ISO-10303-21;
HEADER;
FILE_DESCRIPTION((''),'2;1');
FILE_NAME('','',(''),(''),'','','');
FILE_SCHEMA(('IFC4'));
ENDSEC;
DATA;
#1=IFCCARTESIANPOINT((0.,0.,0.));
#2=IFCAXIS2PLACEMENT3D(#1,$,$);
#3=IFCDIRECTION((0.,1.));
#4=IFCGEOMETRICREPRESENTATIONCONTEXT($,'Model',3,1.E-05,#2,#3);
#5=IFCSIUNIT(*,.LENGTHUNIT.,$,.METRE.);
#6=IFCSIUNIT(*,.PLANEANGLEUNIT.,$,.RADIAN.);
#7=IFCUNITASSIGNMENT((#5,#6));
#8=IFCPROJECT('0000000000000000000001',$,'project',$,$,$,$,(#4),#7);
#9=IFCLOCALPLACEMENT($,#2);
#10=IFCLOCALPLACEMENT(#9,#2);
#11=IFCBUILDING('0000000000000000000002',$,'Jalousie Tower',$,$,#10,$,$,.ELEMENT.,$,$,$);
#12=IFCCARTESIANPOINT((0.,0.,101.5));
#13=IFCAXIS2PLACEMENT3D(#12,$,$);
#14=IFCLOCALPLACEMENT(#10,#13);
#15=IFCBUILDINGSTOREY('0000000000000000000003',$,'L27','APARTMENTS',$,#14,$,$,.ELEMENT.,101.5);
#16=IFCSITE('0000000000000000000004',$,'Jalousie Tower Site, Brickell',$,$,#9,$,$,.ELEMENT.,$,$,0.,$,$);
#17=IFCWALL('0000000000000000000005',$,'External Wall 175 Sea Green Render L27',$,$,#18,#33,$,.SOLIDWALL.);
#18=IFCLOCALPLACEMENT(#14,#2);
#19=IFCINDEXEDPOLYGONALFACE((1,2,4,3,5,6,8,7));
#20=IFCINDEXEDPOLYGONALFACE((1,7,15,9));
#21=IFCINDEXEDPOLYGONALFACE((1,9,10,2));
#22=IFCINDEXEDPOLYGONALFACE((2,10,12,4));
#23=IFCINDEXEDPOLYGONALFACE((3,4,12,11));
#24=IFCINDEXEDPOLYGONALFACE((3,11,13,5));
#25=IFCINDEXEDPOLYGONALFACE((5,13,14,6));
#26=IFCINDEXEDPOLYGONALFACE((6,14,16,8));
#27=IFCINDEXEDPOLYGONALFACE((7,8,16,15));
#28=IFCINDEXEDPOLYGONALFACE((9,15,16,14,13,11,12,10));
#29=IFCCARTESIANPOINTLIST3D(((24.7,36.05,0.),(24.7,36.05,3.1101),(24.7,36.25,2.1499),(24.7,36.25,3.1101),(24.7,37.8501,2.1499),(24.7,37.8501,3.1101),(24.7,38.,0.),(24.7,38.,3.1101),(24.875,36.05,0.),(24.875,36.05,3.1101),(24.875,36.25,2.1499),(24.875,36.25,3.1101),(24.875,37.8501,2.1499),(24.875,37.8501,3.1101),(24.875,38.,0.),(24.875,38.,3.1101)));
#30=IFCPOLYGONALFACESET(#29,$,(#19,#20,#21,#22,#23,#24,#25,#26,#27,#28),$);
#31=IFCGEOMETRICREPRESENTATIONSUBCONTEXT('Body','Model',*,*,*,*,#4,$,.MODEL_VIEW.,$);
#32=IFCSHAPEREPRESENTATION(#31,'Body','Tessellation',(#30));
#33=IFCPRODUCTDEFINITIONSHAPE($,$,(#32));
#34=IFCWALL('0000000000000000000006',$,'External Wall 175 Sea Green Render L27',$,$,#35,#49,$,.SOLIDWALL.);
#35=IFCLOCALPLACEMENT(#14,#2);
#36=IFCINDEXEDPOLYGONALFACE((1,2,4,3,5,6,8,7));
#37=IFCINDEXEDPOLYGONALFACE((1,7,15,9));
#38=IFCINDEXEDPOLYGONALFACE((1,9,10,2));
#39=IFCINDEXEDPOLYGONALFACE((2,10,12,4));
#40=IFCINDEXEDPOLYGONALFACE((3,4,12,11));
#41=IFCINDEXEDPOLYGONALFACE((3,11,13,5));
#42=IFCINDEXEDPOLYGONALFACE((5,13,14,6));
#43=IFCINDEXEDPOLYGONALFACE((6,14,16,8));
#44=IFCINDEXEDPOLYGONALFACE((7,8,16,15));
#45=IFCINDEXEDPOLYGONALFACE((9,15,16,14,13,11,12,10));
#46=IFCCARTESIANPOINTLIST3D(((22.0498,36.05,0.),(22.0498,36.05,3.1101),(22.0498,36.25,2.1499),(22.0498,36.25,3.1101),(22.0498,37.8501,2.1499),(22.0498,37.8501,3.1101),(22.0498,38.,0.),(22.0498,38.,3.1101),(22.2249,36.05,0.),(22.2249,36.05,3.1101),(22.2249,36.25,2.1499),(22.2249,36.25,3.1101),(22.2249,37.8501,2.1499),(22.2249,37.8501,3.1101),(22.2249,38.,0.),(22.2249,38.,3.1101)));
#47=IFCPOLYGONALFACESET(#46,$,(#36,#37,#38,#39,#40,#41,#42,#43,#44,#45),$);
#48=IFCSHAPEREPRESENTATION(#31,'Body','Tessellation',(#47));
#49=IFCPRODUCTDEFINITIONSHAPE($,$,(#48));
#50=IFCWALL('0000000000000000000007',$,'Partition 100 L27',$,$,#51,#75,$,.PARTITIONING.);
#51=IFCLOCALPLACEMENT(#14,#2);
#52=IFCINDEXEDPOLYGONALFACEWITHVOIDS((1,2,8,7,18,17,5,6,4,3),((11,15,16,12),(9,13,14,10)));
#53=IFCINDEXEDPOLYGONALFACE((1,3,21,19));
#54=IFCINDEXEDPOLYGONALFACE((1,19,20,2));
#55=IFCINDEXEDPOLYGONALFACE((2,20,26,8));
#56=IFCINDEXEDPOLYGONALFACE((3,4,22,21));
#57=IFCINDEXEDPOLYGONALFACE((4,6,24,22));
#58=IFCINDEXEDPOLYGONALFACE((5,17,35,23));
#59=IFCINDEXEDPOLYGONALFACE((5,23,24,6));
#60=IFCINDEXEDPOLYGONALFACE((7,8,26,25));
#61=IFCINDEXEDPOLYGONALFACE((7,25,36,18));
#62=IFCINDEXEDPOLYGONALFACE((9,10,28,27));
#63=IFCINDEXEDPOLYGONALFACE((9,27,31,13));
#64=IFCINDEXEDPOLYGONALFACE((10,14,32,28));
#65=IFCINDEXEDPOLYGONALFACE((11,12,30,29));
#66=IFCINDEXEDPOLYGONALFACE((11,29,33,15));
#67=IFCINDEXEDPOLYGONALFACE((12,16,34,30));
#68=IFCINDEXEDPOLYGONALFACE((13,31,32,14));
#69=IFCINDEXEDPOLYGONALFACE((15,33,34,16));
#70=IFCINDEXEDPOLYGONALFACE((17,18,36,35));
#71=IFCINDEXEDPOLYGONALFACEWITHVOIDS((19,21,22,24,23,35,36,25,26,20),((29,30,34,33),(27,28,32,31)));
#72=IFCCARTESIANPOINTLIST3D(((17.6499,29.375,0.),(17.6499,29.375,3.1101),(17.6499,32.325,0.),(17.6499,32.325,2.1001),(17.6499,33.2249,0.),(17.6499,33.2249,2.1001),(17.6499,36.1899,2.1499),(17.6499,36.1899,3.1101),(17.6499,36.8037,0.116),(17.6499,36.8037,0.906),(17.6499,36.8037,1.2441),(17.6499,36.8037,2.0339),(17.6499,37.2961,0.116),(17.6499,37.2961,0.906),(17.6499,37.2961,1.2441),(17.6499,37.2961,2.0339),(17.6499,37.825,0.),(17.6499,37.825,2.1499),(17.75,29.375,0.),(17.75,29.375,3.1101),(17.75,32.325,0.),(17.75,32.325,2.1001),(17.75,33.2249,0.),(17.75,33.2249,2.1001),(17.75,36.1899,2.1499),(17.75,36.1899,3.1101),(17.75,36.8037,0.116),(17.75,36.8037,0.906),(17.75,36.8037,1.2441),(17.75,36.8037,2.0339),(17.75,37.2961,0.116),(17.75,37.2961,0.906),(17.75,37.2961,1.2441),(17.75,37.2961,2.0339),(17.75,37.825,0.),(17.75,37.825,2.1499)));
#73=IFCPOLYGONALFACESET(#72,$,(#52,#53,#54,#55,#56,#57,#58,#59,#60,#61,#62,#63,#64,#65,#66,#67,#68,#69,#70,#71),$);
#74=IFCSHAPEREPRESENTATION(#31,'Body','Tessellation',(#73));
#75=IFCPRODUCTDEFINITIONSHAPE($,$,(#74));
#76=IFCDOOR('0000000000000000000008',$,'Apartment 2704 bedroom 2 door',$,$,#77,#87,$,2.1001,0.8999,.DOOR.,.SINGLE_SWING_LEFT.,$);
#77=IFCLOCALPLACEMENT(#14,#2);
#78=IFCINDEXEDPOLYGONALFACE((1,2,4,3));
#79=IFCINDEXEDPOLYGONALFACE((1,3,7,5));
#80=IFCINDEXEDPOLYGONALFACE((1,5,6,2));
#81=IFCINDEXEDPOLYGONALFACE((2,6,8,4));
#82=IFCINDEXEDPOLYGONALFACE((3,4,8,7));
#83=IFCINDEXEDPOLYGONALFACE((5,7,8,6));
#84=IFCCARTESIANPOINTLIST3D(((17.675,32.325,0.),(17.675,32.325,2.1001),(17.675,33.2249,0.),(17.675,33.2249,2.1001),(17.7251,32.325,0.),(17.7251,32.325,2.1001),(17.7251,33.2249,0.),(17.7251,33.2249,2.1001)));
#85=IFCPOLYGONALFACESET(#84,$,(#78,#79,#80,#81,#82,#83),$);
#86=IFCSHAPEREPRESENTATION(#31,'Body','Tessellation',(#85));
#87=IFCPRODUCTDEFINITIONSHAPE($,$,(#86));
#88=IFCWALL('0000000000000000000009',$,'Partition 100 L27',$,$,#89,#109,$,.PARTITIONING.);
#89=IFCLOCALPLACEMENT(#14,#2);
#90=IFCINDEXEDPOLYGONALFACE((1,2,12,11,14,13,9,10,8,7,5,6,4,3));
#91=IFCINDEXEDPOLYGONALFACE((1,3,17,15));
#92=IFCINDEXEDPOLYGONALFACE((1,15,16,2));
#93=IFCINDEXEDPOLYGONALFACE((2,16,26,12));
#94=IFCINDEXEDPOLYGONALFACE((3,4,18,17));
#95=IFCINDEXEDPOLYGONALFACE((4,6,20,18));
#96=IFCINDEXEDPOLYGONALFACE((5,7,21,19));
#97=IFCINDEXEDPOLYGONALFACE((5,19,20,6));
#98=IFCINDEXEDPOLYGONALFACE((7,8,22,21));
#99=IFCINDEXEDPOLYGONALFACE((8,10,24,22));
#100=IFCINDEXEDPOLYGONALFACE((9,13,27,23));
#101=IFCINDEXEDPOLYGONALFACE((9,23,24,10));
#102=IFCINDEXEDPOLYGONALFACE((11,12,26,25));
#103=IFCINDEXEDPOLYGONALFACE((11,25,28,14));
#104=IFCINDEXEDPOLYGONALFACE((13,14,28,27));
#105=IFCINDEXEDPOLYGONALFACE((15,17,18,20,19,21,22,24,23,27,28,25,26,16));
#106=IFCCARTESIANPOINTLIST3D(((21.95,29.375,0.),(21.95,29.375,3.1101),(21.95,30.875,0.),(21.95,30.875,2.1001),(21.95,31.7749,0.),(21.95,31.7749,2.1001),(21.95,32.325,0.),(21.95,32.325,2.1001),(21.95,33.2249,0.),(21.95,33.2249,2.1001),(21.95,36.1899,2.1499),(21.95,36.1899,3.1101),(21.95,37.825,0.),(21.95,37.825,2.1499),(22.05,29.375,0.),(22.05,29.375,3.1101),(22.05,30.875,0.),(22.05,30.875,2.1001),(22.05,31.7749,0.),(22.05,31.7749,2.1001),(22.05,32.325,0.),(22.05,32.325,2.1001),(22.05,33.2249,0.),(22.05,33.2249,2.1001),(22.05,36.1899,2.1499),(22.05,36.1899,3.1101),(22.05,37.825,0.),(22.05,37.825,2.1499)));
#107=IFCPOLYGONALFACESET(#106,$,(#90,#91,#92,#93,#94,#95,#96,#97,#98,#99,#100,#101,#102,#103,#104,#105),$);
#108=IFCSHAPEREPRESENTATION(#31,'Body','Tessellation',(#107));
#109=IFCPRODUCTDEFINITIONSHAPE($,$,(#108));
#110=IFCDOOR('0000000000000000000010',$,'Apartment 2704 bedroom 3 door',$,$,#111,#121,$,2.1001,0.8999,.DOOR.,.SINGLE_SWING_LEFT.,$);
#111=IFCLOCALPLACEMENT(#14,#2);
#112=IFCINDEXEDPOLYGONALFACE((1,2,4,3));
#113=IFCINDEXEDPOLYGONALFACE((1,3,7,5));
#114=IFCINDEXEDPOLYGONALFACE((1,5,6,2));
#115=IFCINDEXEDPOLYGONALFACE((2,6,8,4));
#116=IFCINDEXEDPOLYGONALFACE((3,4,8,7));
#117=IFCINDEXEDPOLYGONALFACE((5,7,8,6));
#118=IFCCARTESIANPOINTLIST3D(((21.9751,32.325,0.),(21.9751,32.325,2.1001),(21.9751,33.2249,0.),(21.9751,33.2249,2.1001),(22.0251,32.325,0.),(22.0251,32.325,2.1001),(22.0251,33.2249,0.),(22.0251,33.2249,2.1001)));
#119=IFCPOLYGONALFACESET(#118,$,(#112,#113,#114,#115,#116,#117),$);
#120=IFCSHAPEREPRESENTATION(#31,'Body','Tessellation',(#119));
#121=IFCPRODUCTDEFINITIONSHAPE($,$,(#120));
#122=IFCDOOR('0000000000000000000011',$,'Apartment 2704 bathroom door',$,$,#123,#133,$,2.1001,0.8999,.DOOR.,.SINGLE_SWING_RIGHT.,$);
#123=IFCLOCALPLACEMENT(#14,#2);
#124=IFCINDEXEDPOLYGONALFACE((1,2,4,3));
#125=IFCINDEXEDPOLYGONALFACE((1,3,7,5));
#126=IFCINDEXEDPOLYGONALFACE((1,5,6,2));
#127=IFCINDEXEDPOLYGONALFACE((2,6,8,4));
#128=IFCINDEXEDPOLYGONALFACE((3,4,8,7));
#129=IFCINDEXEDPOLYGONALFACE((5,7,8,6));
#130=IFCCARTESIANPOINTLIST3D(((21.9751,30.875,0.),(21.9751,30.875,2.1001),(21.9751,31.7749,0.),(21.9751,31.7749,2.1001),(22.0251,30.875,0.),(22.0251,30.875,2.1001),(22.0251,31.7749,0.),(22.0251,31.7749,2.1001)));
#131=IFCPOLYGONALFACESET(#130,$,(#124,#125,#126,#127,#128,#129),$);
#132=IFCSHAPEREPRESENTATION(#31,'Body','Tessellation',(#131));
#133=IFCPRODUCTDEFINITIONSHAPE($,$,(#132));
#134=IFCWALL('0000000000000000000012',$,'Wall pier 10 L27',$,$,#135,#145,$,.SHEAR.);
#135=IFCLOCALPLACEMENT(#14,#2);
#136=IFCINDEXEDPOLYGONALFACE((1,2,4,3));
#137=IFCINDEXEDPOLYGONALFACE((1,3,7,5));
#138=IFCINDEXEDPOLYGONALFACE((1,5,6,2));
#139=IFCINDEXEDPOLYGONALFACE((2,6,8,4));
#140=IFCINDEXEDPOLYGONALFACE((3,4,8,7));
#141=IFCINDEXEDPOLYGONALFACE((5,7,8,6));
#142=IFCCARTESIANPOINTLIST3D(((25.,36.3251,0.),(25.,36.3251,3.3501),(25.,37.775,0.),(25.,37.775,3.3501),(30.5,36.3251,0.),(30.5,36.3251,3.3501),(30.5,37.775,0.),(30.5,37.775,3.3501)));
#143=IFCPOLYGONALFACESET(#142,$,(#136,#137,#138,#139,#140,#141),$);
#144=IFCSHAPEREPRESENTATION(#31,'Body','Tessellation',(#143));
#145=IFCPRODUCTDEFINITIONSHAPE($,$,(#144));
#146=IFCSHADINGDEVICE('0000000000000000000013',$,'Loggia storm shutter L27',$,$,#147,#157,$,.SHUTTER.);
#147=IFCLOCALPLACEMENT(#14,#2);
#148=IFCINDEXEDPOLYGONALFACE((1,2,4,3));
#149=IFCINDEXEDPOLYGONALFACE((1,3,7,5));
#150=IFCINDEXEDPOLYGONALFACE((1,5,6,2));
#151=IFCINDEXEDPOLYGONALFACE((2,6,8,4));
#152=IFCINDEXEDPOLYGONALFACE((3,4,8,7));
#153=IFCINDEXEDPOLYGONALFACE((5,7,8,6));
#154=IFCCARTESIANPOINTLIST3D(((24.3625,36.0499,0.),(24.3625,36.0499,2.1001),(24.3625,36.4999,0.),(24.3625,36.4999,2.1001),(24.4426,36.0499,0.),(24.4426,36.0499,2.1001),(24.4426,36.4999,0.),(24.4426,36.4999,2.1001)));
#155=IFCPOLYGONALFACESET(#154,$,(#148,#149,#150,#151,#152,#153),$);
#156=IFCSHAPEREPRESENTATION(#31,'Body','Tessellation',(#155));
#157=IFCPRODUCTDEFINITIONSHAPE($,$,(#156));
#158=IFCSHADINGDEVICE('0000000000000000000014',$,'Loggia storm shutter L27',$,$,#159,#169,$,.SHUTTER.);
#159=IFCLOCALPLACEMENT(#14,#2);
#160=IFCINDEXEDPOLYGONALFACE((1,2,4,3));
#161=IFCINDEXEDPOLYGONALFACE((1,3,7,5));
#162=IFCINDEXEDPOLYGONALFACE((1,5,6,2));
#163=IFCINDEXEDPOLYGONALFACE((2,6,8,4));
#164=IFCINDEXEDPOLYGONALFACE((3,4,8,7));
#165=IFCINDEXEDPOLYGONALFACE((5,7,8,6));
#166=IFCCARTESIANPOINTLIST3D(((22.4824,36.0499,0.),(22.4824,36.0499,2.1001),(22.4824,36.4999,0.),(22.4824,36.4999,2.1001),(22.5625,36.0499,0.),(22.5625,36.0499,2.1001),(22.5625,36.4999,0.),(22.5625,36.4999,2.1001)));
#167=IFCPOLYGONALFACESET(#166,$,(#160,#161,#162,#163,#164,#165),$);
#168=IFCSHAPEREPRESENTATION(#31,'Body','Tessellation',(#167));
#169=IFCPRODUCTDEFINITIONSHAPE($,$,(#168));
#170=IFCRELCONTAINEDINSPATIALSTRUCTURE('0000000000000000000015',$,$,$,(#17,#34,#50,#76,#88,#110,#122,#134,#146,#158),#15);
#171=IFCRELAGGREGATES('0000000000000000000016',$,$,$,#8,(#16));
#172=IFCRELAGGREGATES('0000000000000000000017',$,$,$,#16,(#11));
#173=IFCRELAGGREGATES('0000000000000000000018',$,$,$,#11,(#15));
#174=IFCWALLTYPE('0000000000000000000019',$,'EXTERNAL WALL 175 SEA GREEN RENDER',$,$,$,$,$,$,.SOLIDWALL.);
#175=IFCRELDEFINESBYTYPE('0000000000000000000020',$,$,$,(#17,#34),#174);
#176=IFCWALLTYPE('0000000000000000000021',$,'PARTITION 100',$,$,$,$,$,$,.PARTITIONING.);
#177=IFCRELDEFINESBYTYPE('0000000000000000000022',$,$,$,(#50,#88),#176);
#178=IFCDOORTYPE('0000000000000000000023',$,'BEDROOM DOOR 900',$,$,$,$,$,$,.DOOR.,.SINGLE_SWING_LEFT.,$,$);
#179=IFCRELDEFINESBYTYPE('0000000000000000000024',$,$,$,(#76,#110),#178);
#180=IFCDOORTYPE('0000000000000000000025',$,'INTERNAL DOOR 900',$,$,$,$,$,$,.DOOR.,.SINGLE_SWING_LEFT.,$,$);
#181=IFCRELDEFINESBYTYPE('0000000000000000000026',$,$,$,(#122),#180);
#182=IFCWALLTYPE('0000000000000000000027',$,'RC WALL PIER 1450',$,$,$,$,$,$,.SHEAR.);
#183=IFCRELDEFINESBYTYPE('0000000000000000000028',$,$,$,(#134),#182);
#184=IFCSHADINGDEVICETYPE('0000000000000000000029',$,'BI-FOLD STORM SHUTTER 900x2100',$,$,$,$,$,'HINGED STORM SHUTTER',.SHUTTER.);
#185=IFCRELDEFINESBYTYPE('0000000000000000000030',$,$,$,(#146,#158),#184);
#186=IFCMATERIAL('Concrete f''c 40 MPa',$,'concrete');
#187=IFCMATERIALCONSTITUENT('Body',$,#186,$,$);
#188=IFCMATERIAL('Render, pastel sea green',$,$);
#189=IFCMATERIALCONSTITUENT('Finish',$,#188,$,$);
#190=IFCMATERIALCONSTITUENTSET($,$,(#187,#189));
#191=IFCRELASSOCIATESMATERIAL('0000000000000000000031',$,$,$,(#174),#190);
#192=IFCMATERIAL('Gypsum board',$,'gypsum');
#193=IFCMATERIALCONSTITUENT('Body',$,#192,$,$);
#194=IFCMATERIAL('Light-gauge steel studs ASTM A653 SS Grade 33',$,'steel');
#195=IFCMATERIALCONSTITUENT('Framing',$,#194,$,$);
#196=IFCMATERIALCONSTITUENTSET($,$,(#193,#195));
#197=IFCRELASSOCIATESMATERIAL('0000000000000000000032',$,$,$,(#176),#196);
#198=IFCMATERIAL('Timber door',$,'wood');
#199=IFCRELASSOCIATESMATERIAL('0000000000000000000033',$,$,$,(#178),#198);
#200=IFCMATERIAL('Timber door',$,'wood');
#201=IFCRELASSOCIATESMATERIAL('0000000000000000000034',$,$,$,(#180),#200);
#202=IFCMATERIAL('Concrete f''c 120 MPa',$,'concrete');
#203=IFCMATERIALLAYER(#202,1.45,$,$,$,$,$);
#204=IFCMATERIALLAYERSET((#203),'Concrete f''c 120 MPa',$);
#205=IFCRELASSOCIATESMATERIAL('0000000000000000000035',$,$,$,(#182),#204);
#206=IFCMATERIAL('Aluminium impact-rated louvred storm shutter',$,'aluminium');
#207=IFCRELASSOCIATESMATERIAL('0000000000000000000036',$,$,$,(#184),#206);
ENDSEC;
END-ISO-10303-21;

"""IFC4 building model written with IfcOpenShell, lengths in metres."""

from ifc_helpers import new_model, si_unit, direction, frame, frame_2d, origin, origin_2d, place, context, subcontext, project, spatial, polyline, rectangle, outline, extrude, material, layer, layer_set, constituent, constituent_set, type_object, element, fill, save


model = new_model("IFC4")

# Units and contexts
model_context = context("Model", 3, precision=1e-05, world=origin(), true_north=direction((0.0, 1.0)))
body_context = subcontext(model_context, "Body", "Model", "MODEL_VIEW")
ifc_project = project(units=[si_unit("LENGTHUNIT", "METRE"), si_unit("PLANEANGLEUNIT", "RADIAN")], contexts=[model_context])

# Site, building, storey
site_placement = place(None, origin())
site = spatial("IfcSite", under=ifc_project, at=site_placement, Name="Jalousie Tower Site, Brickell", CompositionType="ELEMENT", RefElevation=0.0)
building_placement = place(site_placement, origin())
building = spatial("IfcBuilding", under=site, at=building_placement, Name="Jalousie Tower", CompositionType="ELEMENT")
storey_placement = place(building_placement, frame((0.0, 0.0, 101.5)))
storey = spatial("IfcBuildingStorey", under=building, at=storey_placement, Name="L27", Description="APARTMENTS", CompositionType="ELEMENT", Elevation=101.5)

# Shared definitions
ifc_material_1 = material(Name="Concrete f'c 40 MPa", Category="concrete")
ifc_constituent_1 = constituent(ifc_material_1, Name="Body")
ifc_material_2 = material(Name="Render, pastel sea green")
ifc_constituent_2 = constituent(ifc_material_2, Name="Finish")
ifc_constituent_set_1 = constituent_set(constituents=[ifc_constituent_1, ifc_constituent_2])
wall_type_1 = type_object("IfcWallType", Name="EXTERNAL WALL 175 SEA GREEN RENDER", PredefinedType="SOLIDWALL", material=ifc_constituent_set_1)

# Walls
for number, where, z_axis, x_axis, name in (
    (1, (24.7876, 38.0, 0.0), (0.0, 0.0, 1.0), (0.0, -1.0, 0.0), "External Wall 175 Sea Green Render L27"),
    (2, (22.1375, 38.0, 0.0), (0.0, 0.0, 1.0), (0.0, -1.0, 0.0), "External Wall 175 Sea Green Render L27"),
):
    element("IfcWall", number, at=place(storey_placement, frame(where, z_axis=z_axis, x_axis=x_axis)), inside=storey, type_object=wall_type_1, Name=name, PredefinedType="SOLIDWALL", context=body_context, shape_type="SweptSolid", body=[
        extrude(outline(polyline([(0.0, 0.0), (1.95, 0.0), (1.95, 3.1101), (1.75, 3.1101), (1.75, 2.1499), (0.1499, 2.1499), (0.1499, 3.1101), (0.0, 3.1101), (0.0, 0.0)])), frame((0.0, 0.0874, 0.0), z_axis=(0.0, -1.0, 0.0), x_axis=(1.0, 0.0, 0.0)), (0.0, 0.0, 1.0), 0.175),
    ])

# Wall, opening, door
ifc_material_3 = material(Name="Gypsum board", Category="gypsum")
ifc_constituent_3 = constituent(ifc_material_3, Name="Body")
ifc_material_4 = material(Name="Light-gauge steel studs ASTM A653 SS Grade 33", Category="steel")
ifc_constituent_4 = constituent(ifc_material_4, Name="Framing")
ifc_constituent_set_2 = constituent_set(constituents=[ifc_constituent_3, ifc_constituent_4])
wall_type_2 = type_object("IfcWallType", Name="PARTITION 100", PredefinedType="PARTITIONING", material=ifc_constituent_set_2)
wall_1_placement = place(storey_placement, frame((17.7, 37.825, 0.0), z_axis=(0.0, 0.0, 1.0), x_axis=(0.0, -1.0, 0.0)))
wall_1 = element("IfcWall", 3, at=wall_1_placement, inside=storey, type_object=wall_type_2, Name="Partition 100 L27", PredefinedType="PARTITIONING", context=body_context, shape_type="SweptSolid", body=[
    extrude(outline(polyline([(1.635, 2.1499), (0.0, 2.1499), (0.0, 0.0), (8.45, 0.0), (8.45, 3.1101), (1.635, 3.1101), (1.635, 2.1499)]), holes=[polyline([(1.0212, 0.116), (0.5288, 0.116), (0.5288, 0.906), (1.0212, 0.906), (1.0212, 0.116)]), polyline([(1.0212, 1.2441), (0.5288, 1.2441), (0.5288, 2.0339), (1.0212, 2.0339), (1.0212, 1.2441)])]), frame((0.0, 0.05, 0.0), z_axis=(0.0, -1.0, 0.0), x_axis=(1.0, 0.0, 0.0)), (0.0, 0.0, 1.0), 0.1001),
])
opening_1_placement = place(wall_1_placement, frame((4.6001, 0.0, 0.0)))
opening_1 = element("IfcOpeningElement", 4, at=opening_1_placement, cuts=wall_1, PredefinedType="OPENING", context=body_context, shape_type="SweptSolid", body=[
    extrude(rectangle(XDim=0.8999, YDim=2.1001, at=frame_2d((0.45, 1.05))), frame((0.0, 0.0601, 0.0), z_axis=(0.0, -1.0, 0.0), x_axis=(1.0, 0.0, 0.0)), (0.0, 0.0, 1.0), 0.1201),
])
ifc_material_5 = material(Name="Timber door", Category="wood")
door_type_1 = type_object("IfcDoorType", Name="BEDROOM DOOR 900", OperationType="SINGLE_SWING_LEFT", PredefinedType="DOOR", material=ifc_material_5)
door_1_placement = place(opening_1_placement, frame((0.8999, 0.0, 0.0), z_axis=(0.0, 0.0, 1.0), x_axis=(-1.0, 0.0, 0.0)))
door_1 = element("IfcDoor", 5, at=door_1_placement, inside=storey, type_object=door_type_1, Name="Apartment 2704 bedroom 2 door", OperationType="SINGLE_SWING_LEFT", OverallHeight=2.1001, OverallWidth=0.8999, PredefinedType="DOOR", context=body_context, shape_type="SweptSolid", body=[
    extrude(rectangle(XDim=0.8999, YDim=2.1001, at=frame_2d((0.45, 1.05))), frame((0.0, 0.0249, 0.0), z_axis=(0.0, -1.0, 0.0), x_axis=(1.0, 0.0, 0.0)), (0.0, 0.0, 1.0), 0.05),
])
fill(opening_1, door_1)

# Wall, openings, doors
wall_2_placement = place(storey_placement, frame((22.0, 37.825, 0.0), z_axis=(0.0, 0.0, 1.0), x_axis=(0.0, -1.0, 0.0)))
wall_2 = element("IfcWall", 6, at=wall_2_placement, inside=storey, type_object=wall_type_2, Name="Partition 100 L27", PredefinedType="PARTITIONING", context=body_context, shape_type="SweptSolid", body=[
    extrude(outline(polyline([(0.0, 0.0), (8.45, 0.0), (8.45, 3.1101), (1.635, 3.1101), (1.635, 2.1499), (0.0, 2.1499), (0.0, 3.1101), (0.0, 0.0)])), frame((0.0, 0.05, 0.0), z_axis=(0.0, -1.0, 0.0), x_axis=(1.0, 0.0, 0.0)), (0.0, 0.0, 1.0), 0.1001),
])
opening_2_placement = place(wall_2_placement, frame((4.6001, 0.0, 0.0)))
opening_2 = element("IfcOpeningElement", 7, at=opening_2_placement, cuts=wall_2, PredefinedType="OPENING", context=body_context, shape_type="SweptSolid", body=[
    extrude(rectangle(XDim=0.8999, YDim=2.1001, at=frame_2d((0.45, 1.05))), frame((0.0, 0.0601, 0.0), z_axis=(0.0, -1.0, 0.0), x_axis=(1.0, 0.0, 0.0)), (0.0, 0.0, 1.0), 0.1201),
])
opening_3_placement = place(wall_2_placement, frame((6.05, 0.0, 0.0)))
opening_3 = element("IfcOpeningElement", 8, at=opening_3_placement, cuts=wall_2, PredefinedType="OPENING", context=body_context, shape_type="SweptSolid", body=[
    extrude(rectangle(XDim=0.8999, YDim=2.1001, at=frame_2d((0.45, 1.05))), frame((0.0, 0.0601, 0.0), z_axis=(0.0, -1.0, 0.0), x_axis=(1.0, 0.0, 0.0)), (0.0, 0.0, 1.0), 0.1201),
])
door_2_placement = place(opening_2_placement, frame((0.8999, 0.0, 0.0), z_axis=(0.0, 0.0, 1.0), x_axis=(-1.0, 0.0, 0.0)))
door_2 = element("IfcDoor", 9, at=door_2_placement, inside=storey, type_object=door_type_1, Name="Apartment 2704 bedroom 3 door", OperationType="SINGLE_SWING_LEFT", OverallHeight=2.1001, OverallWidth=0.8999, PredefinedType="DOOR", context=body_context, shape_type="SweptSolid", body=[
    extrude(rectangle(XDim=0.8999, YDim=2.1001, at=frame_2d((0.45, 1.05))), frame((0.0, 0.0249, 0.0), z_axis=(0.0, -1.0, 0.0), x_axis=(1.0, 0.0, 0.0)), (0.0, 0.0, 1.0), 0.05),
])
fill(opening_2, door_2)
ifc_material_6 = material(Name="Timber door", Category="wood")
door_type_2 = type_object("IfcDoorType", Name="INTERNAL DOOR 900", OperationType="SINGLE_SWING_LEFT", PredefinedType="DOOR", material=ifc_material_6)
door_3_placement = place(opening_3_placement, frame((0.8999, 0.0, 0.0), z_axis=(0.0, 0.0, 1.0), x_axis=(-1.0, 0.0, 0.0)))
door_3 = element("IfcDoor", 10, at=door_3_placement, inside=storey, type_object=door_type_2, Name="Apartment 2704 bathroom door", OperationType="SINGLE_SWING_RIGHT", OverallHeight=2.1001, OverallWidth=0.8999, PredefinedType="DOOR", context=body_context, shape_type="SweptSolid", body=[
    extrude(rectangle(XDim=0.8999, YDim=2.1001, at=frame_2d((0.45, 1.05))), frame((0.0, 0.0249, 0.0), z_axis=(0.0, -1.0, 0.0), x_axis=(1.0, 0.0, 0.0)), (0.0, 0.0, 1.0), 0.05),
])
fill(opening_3, door_3)

# Wall
ifc_material_7 = material(Name="Concrete f'c 120 MPa", Category="concrete")
ifc_layer_1 = layer(ifc_material_7, 1.45)
ifc_layer_set_1 = layer_set([ifc_layer_1], Name="Concrete f'c 120 MPa")
wall_type_3 = type_object("IfcWallType", Name="RC WALL PIER 1450", PredefinedType="SHEAR", material=ifc_layer_set_1)
wall_3_placement = place(storey_placement, frame((25.0, 37.05, 0.0), z_axis=(0.0, 0.0, 1.0), x_axis=(1.0, 0.0, 0.0)))
element("IfcWall", 11, at=wall_3_placement, inside=storey, type_object=wall_type_3, Name="Wall pier 10 L27", PredefinedType="SHEAR", context=body_context, shape_type="SweptSolid", body=[
    extrude(rectangle(XDim=5.5, YDim=1.45, at=frame_2d((2.75, 0.0))), origin(), (0.0, 0.0, 1.0), 3.3501),
])

# Shading devices
ifc_material_8 = material(Name="Aluminium impact-rated louvred storm shutter", Category="aluminium")
shading_device_type_1 = type_object("IfcShadingDeviceType", Name="BI-FOLD STORM SHUTTER 900x2100", ElementType="HINGED STORM SHUTTER", PredefinedType="SHUTTER", material=ifc_material_8)
for number, where, z_axis, x_axis, name in (
    (12, (24.4026, 36.2749, 0.0), (0.0, 0.0, 1.0), (0.0, -1.0, 0.0), "Loggia storm shutter L27"),
    (13, (22.5225, 36.2749, 0.0), (0.0, 0.0, 1.0), (0.0, -1.0, 0.0), "Loggia storm shutter L27"),
):
    element("IfcShadingDevice", number, at=place(storey_placement, frame(where, z_axis=z_axis, x_axis=x_axis)), inside=storey, type_object=shading_device_type_1, Name=name, PredefinedType="SHUTTER", context=body_context, shape_type="SweptSolid", body=[
        extrude(rectangle(XDim=0.45, YDim=0.0801, at=origin_2d()), origin(), (0.0, 0.0, 1.0), 2.1001),
    ])

save(model, "model.ifc")
